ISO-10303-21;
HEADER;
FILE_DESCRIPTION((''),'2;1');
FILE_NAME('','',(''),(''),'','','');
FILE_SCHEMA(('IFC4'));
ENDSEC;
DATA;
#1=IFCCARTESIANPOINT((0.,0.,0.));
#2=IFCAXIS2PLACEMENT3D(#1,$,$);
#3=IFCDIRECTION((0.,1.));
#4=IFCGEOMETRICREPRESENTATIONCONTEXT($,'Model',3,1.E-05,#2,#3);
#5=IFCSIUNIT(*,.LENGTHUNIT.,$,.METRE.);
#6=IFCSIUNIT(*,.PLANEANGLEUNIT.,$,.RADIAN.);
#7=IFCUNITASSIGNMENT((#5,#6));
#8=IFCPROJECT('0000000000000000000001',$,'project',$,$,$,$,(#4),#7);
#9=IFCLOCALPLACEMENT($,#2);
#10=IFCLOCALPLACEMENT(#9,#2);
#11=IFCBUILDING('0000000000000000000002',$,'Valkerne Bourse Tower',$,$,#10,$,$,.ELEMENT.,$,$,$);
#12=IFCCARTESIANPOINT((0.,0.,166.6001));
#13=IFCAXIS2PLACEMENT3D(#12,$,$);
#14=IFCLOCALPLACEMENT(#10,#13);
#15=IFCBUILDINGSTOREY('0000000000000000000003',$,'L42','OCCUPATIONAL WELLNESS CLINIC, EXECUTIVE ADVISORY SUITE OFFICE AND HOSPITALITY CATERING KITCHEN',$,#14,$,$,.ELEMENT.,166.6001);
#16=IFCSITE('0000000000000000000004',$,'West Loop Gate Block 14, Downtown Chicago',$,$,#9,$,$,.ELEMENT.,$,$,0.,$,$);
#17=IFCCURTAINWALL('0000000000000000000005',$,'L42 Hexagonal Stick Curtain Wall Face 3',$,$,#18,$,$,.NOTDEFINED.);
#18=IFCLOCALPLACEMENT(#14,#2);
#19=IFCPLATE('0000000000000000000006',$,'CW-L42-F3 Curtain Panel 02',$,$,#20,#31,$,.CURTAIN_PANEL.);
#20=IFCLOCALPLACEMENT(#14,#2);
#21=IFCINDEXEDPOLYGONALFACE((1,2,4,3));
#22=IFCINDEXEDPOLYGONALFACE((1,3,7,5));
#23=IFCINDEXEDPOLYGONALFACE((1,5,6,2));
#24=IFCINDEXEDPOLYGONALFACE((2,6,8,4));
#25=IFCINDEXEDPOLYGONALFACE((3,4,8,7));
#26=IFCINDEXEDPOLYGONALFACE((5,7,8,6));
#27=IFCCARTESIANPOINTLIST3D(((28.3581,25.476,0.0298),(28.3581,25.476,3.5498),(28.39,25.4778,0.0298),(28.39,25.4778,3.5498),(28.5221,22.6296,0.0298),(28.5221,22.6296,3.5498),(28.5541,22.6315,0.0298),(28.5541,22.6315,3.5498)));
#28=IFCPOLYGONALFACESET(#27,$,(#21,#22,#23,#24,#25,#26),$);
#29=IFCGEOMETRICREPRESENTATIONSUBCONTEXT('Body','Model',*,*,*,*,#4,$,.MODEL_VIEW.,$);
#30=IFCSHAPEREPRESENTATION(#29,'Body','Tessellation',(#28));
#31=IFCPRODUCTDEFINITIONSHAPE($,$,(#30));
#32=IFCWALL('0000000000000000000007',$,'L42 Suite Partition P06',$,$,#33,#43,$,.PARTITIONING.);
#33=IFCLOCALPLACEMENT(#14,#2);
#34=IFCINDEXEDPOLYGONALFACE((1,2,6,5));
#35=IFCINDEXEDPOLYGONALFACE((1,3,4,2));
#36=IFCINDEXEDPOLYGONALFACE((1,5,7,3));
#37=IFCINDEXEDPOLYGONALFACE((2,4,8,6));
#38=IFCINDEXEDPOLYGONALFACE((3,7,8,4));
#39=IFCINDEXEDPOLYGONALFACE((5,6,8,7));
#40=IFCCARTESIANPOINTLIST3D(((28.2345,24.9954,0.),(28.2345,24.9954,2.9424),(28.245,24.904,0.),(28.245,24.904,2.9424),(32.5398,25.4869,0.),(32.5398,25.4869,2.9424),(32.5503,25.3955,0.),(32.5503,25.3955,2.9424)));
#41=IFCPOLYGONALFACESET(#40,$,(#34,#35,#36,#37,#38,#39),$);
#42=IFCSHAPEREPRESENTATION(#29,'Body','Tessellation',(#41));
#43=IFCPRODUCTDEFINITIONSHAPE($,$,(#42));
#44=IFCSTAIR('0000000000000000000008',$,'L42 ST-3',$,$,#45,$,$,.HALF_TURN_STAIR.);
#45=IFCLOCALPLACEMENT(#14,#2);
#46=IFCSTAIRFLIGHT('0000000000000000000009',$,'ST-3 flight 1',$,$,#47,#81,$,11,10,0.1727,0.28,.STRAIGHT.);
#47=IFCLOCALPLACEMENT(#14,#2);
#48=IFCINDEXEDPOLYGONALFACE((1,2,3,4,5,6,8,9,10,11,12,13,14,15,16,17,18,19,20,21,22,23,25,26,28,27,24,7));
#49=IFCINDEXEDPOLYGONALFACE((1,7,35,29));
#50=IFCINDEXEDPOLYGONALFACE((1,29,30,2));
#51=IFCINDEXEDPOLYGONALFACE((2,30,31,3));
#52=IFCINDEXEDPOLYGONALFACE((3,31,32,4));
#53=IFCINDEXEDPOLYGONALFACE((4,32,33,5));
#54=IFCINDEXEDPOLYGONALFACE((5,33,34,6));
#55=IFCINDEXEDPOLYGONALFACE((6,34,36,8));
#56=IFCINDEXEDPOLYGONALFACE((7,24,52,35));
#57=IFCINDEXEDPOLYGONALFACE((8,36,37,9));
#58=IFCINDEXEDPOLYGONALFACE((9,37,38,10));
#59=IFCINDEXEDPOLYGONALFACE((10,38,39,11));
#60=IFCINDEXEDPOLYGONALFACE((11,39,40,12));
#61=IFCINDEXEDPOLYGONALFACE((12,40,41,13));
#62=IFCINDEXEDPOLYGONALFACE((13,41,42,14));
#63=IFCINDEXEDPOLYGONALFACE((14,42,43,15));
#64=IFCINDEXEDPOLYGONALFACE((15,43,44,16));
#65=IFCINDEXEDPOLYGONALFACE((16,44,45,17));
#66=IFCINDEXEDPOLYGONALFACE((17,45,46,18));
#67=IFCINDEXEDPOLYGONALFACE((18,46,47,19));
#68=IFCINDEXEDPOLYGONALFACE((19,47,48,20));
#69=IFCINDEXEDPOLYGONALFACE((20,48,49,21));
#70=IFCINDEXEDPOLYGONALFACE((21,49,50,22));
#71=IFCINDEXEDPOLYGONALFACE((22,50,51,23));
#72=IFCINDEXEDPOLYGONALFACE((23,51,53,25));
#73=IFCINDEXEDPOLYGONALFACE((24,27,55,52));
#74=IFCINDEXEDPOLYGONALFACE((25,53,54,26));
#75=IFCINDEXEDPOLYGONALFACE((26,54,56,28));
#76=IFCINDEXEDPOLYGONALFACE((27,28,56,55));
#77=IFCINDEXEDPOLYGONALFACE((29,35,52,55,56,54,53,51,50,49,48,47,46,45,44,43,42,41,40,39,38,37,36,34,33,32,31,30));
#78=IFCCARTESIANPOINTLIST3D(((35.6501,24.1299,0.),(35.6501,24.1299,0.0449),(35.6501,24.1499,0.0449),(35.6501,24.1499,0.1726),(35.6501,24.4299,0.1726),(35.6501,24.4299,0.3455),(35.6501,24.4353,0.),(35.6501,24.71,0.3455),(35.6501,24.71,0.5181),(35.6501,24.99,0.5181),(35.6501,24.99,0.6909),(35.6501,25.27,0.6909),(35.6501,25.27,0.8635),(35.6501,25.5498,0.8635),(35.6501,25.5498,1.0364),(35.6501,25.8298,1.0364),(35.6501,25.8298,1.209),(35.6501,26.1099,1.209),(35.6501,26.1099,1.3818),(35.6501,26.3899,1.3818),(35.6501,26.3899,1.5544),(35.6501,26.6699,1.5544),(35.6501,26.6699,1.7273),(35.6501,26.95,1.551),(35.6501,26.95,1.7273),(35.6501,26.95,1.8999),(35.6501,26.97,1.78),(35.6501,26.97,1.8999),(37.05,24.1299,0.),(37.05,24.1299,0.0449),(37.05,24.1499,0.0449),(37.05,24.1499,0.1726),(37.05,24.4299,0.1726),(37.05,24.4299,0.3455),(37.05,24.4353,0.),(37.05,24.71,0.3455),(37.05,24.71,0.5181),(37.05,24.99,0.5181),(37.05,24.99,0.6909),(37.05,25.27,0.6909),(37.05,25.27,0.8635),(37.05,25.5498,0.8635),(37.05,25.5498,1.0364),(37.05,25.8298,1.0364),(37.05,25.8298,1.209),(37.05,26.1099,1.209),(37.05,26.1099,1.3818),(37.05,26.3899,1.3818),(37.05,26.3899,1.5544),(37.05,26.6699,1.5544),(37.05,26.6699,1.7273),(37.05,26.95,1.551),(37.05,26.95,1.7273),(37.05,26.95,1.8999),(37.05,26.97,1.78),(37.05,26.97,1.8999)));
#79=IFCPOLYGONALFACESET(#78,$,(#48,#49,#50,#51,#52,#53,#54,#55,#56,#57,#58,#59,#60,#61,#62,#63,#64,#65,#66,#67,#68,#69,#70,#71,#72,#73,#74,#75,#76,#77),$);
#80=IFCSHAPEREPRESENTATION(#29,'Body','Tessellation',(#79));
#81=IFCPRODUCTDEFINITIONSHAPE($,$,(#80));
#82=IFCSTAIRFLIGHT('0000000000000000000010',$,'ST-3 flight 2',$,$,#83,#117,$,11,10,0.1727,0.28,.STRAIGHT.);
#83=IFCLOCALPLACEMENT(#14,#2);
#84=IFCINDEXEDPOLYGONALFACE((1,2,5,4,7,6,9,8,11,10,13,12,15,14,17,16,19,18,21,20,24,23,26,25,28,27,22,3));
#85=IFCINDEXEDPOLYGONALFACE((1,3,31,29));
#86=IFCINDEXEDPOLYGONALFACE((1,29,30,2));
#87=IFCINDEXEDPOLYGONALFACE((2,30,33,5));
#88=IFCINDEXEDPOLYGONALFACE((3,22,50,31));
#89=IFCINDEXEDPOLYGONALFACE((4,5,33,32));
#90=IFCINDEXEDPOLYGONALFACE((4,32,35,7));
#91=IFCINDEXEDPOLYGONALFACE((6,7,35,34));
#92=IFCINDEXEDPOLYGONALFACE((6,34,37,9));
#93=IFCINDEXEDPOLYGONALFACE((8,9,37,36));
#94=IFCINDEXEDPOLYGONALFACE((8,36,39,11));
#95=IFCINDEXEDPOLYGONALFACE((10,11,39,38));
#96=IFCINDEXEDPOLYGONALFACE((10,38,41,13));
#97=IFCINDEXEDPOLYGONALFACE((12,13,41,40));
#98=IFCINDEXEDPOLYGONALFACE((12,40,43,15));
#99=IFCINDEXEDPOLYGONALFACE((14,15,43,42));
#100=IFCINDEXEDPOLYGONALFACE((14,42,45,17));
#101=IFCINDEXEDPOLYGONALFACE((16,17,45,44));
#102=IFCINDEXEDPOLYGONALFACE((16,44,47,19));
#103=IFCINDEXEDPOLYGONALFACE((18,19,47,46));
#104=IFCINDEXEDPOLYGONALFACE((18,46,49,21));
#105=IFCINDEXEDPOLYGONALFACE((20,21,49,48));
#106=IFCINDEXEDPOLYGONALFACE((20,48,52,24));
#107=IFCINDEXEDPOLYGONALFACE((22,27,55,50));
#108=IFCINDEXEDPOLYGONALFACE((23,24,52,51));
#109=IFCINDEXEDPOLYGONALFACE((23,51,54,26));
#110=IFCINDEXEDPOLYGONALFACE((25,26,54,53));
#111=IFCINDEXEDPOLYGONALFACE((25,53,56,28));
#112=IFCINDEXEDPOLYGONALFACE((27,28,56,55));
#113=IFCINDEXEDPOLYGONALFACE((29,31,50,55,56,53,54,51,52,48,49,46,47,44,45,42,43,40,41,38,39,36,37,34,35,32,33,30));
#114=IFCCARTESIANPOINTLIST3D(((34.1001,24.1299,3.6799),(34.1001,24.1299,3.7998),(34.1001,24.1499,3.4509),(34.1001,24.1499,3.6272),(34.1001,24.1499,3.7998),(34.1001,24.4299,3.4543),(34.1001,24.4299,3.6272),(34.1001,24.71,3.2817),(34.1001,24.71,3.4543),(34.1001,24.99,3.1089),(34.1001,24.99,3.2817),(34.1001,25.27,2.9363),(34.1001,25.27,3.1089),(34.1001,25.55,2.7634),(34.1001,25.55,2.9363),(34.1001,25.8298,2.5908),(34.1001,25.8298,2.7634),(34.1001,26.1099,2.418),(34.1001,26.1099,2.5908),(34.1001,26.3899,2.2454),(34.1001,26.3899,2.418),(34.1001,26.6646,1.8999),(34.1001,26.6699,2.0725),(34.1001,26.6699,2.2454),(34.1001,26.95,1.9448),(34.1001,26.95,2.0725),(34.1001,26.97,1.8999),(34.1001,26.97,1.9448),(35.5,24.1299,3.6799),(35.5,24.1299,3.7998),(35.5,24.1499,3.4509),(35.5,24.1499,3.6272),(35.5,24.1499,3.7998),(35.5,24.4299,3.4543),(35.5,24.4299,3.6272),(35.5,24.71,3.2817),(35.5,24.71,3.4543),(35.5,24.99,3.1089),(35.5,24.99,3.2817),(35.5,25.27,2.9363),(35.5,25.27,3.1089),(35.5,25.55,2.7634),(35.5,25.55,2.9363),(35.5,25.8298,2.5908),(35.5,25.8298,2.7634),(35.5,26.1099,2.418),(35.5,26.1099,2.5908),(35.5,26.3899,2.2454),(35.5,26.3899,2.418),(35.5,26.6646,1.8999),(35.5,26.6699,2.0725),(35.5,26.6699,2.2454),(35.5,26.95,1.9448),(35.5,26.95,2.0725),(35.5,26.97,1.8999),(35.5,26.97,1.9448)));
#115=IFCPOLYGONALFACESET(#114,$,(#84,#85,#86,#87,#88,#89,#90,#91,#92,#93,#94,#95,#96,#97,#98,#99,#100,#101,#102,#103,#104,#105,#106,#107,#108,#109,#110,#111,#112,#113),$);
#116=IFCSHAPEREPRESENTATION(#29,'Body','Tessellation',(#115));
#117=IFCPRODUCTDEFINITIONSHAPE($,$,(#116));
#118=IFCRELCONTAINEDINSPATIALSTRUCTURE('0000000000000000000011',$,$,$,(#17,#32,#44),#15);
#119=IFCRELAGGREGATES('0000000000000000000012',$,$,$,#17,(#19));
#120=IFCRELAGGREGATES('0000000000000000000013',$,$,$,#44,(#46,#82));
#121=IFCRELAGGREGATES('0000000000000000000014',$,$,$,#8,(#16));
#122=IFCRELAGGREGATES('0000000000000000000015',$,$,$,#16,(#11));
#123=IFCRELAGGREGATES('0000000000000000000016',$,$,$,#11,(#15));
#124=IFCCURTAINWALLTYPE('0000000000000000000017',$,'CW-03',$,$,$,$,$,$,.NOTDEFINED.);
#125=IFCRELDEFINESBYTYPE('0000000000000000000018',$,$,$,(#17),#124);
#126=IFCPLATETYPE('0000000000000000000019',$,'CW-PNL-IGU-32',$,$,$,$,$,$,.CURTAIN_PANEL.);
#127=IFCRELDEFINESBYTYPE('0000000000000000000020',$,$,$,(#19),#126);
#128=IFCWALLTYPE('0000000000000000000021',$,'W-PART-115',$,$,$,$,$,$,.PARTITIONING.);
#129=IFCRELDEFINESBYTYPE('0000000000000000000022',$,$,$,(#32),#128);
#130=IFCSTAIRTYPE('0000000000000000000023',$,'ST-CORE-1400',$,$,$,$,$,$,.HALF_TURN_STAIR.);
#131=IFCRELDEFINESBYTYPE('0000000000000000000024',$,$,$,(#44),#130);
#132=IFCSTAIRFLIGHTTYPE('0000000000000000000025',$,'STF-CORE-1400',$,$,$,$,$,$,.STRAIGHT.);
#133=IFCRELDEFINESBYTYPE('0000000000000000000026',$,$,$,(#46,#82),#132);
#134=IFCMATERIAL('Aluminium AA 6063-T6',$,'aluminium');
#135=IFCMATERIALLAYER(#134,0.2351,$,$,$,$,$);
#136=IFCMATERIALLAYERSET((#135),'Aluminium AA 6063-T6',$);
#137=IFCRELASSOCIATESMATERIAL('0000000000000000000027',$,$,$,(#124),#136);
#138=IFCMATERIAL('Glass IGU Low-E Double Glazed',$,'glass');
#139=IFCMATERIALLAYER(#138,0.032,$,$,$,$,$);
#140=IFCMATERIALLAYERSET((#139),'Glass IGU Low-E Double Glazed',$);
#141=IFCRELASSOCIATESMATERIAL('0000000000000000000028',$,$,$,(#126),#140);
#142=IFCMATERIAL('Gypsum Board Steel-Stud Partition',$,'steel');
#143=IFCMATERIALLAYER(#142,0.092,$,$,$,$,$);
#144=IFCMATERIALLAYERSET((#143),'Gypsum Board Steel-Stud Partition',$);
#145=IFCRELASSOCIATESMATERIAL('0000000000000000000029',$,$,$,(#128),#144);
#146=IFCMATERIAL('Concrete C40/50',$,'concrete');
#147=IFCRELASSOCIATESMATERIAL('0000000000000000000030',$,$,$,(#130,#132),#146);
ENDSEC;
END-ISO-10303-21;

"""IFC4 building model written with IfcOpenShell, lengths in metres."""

from ifc_helpers import new_model, si_unit, direction, frame, frame_2d, origin, origin_2d, place, context, subcontext, project, spatial, polyline, rectangle, outline, extrude, material, layer, layer_set, type_object, element, aggregate, save


model = new_model("IFC4")

# Units and contexts
model_context = context("Model", 3, precision=1e-05, world=origin(), true_north=direction((0.0, 1.0)))
body_context = subcontext(model_context, "Body", "Model", "MODEL_VIEW")
ifc_project = project(units=[si_unit("LENGTHUNIT", "METRE"), si_unit("PLANEANGLEUNIT", "RADIAN")], contexts=[model_context])

# Site, building, storey
site_placement = place(None, origin())
site = spatial("IfcSite", under=ifc_project, at=site_placement, Name="West Loop Gate Block 14, Downtown Chicago", CompositionType="ELEMENT", RefElevation=0.0)
building_placement = place(site_placement, origin())
building = spatial("IfcBuilding", under=site, at=building_placement, Name="Valkerne Bourse Tower", CompositionType="ELEMENT")
storey_placement = place(building_placement, frame((0.0, 0.0, 166.6001)))
storey = spatial("IfcBuildingStorey", under=building, at=storey_placement, Name="L42", Description="OCCUPATIONAL WELLNESS CLINIC, EXECUTIVE ADVISORY SUITE OFFICE AND HOSPITALITY CATERING KITCHEN", CompositionType="ELEMENT", Elevation=166.6001)

# Curtain wall, plate
ifc_material_1 = material(Name="Aluminium AA 6063-T6", Category="aluminium")
ifc_layer_1 = layer(ifc_material_1, 0.2351)
ifc_layer_set_1 = layer_set([ifc_layer_1], Name="Aluminium AA 6063-T6")
curtain_wall_type = type_object("IfcCurtainWallType", Name="CW-03", PredefinedType="NOTDEFINED", material=ifc_layer_set_1)
curtain_wall_placement = place(storey_placement, origin())
curtain_wall = element("IfcCurtainWall", 1, at=curtain_wall_placement, inside=storey, type_object=curtain_wall_type, Name="L42 Hexagonal Stick Curtain Wall Face 3", PredefinedType="NOTDEFINED")
ifc_material_2 = material(Name="Glass IGU Low-E Double Glazed", Category="glass")
ifc_layer_2 = layer(ifc_material_2, 0.032)
ifc_layer_set_2 = layer_set([ifc_layer_2], Name="Glass IGU Low-E Double Glazed")
plate_type = type_object("IfcPlateType", Name="CW-PNL-IGU-32", PredefinedType="CURTAIN_PANEL", material=ifc_layer_set_2)
plate_1_placement = place(storey_placement, frame((28.4561, 24.0537, 0.0298), z_axis=(0.0, 0.0, 1.0), x_axis=(0.057545, -0.998343, 0.0)))
plate_1 = element("IfcPlate", 2, at=plate_1_placement, type_object=plate_type, Name="CW-L42-F3 Curtain Panel 02", PredefinedType="CURTAIN_PANEL", context=body_context, shape_type="SweptSolid", body=[
    extrude(rectangle(XDim=2.8511, YDim=0.032, at=origin_2d()), origin(), (0.0, 0.0, 1.0), 3.52),
])
aggregate(curtain_wall, [plate_1])

# Wall
ifc_material_3 = material(Name="Gypsum Board Steel-Stud Partition", Category="steel")
ifc_layer_3 = layer(ifc_material_3, 0.092)
ifc_layer_set_3 = layer_set([ifc_layer_3], Name="Gypsum Board Steel-Stud Partition")
wall_type = type_object("IfcWallType", Name="W-PART-115", PredefinedType="PARTITIONING", material=ifc_layer_set_3)
wall_placement = place(storey_placement, frame((32.5449, 25.4412, 0.0), z_axis=(0.0, 0.0, 1.0), x_axis=(-0.993547, -0.113418, 0.0)))
element("IfcWall", 3, at=wall_placement, inside=storey, type_object=wall_type, Name="L42 Suite Partition P06", PredefinedType="PARTITIONING", context=body_context, shape_type="SweptSolid", body=[
    extrude(rectangle(XDim=4.3333, YDim=0.092, at=frame_2d((2.1665, 0.0))), origin(), (0.0, 0.0, 1.0), 2.9424),
])

# Stair, stair flights
ifc_material_4 = material(Name="Concrete C40/50", Category="concrete")
stair_type = type_object("IfcStairType", Name="ST-CORE-1400", PredefinedType="HALF_TURN_STAIR", material=ifc_material_4)
stair_placement = place(storey_placement, origin())
stair = element("IfcStair", 4, at=stair_placement, inside=storey, type_object=stair_type, Name="L42 ST-3", PredefinedType="HALF_TURN_STAIR")
stair_flight_type = type_object("IfcStairFlightType", Name="STF-CORE-1400", PredefinedType="STRAIGHT", material=ifc_material_4)
stair_flight_1_placement = place(storey_placement, frame((36.3501, 24.1499, 0.0), z_axis=(0.0, 0.0, 1.0), x_axis=(0.0, 1.0, 0.0)))
stair_flight_1 = element("IfcStairFlight", 5, at=stair_flight_1_placement, type_object=stair_flight_type, Name="ST-3 flight 1", NumberOfRisers=11, NumberOfTreads=10, PredefinedType="STRAIGHT", RiserHeight=0.1727, TreadLength=0.28, context=body_context, shape_type="SweptSolid", body=[
    extrude(outline(polyline([(-0.02, 0.0), (-0.02, 0.0449), (0.0, 0.0449), (0.0, 0.1726), (0.28, 0.1726), (0.28, 0.3455), (0.5601, 0.3455), (0.5601, 0.5181), (0.8401, 0.5181), (0.8401, 0.6909), (1.1201, 0.6909), (1.1201, 0.8635), (1.3999, 0.8635), (1.3999, 1.0364), (1.6799, 1.0364), (1.6799, 1.209), (1.96, 1.209), (1.96, 1.3818), (2.24, 1.3818), (2.24, 1.5544), (2.52, 1.5544), (2.52, 1.7273), (2.8, 1.7273), (2.8, 1.8999), (2.8201, 1.8999), (2.8201, 1.78), (2.8, 1.551), (0.2854, 0.0), (-0.02, 0.0)])), frame((0.0, 0.7, 0.0), z_axis=(0.0, -1.0, 0.0), x_axis=(1.0, 0.0, 0.0)), (0.0, 0.0, 1.0), 1.3999),
])
stair_flight_2_placement = place(storey_placement, frame((34.8, 26.95, 1.8999), z_axis=(0.0, 0.0, 1.0), x_axis=(0.0, -1.0, 0.0)))
stair_flight_2 = element("IfcStairFlight", 6, at=stair_flight_2_placement, type_object=stair_flight_type, Name="ST-3 flight 2", NumberOfRisers=11, NumberOfTreads=10, PredefinedType="STRAIGHT", RiserHeight=0.1727, TreadLength=0.28, context=body_context, shape_type="SweptSolid", body=[
    extrude(outline(polyline([(-0.02, 0.0), (-0.02, 0.0449), (0.0, 0.0449), (0.0, 0.1726), (0.28, 0.1726), (0.28, 0.3455), (0.5601, 0.3455), (0.5601, 0.5181), (0.8401, 0.5181), (0.8401, 0.6909), (1.1201, 0.6909), (1.1201, 0.8635), (1.3999, 0.8635), (1.3999, 1.0364), (1.6799, 1.0364), (1.6799, 1.209), (1.96, 1.209), (1.96, 1.3818), (2.24, 1.3818), (2.24, 1.5544), (2.52, 1.5544), (2.52, 1.7273), (2.8, 1.7273), (2.8, 1.8999), (2.8201, 1.8999), (2.8201, 1.78), (2.8, 1.551), (0.2854, 0.0), (-0.02, 0.0)])), frame((0.0, 0.7, 0.0), z_axis=(0.0, -1.0, 0.0), x_axis=(1.0, 0.0, 0.0)), (0.0, 0.0, 1.0), 1.3999),
])
aggregate(stair, [stair_flight_1, stair_flight_2])

save(model, "model.ifc")
